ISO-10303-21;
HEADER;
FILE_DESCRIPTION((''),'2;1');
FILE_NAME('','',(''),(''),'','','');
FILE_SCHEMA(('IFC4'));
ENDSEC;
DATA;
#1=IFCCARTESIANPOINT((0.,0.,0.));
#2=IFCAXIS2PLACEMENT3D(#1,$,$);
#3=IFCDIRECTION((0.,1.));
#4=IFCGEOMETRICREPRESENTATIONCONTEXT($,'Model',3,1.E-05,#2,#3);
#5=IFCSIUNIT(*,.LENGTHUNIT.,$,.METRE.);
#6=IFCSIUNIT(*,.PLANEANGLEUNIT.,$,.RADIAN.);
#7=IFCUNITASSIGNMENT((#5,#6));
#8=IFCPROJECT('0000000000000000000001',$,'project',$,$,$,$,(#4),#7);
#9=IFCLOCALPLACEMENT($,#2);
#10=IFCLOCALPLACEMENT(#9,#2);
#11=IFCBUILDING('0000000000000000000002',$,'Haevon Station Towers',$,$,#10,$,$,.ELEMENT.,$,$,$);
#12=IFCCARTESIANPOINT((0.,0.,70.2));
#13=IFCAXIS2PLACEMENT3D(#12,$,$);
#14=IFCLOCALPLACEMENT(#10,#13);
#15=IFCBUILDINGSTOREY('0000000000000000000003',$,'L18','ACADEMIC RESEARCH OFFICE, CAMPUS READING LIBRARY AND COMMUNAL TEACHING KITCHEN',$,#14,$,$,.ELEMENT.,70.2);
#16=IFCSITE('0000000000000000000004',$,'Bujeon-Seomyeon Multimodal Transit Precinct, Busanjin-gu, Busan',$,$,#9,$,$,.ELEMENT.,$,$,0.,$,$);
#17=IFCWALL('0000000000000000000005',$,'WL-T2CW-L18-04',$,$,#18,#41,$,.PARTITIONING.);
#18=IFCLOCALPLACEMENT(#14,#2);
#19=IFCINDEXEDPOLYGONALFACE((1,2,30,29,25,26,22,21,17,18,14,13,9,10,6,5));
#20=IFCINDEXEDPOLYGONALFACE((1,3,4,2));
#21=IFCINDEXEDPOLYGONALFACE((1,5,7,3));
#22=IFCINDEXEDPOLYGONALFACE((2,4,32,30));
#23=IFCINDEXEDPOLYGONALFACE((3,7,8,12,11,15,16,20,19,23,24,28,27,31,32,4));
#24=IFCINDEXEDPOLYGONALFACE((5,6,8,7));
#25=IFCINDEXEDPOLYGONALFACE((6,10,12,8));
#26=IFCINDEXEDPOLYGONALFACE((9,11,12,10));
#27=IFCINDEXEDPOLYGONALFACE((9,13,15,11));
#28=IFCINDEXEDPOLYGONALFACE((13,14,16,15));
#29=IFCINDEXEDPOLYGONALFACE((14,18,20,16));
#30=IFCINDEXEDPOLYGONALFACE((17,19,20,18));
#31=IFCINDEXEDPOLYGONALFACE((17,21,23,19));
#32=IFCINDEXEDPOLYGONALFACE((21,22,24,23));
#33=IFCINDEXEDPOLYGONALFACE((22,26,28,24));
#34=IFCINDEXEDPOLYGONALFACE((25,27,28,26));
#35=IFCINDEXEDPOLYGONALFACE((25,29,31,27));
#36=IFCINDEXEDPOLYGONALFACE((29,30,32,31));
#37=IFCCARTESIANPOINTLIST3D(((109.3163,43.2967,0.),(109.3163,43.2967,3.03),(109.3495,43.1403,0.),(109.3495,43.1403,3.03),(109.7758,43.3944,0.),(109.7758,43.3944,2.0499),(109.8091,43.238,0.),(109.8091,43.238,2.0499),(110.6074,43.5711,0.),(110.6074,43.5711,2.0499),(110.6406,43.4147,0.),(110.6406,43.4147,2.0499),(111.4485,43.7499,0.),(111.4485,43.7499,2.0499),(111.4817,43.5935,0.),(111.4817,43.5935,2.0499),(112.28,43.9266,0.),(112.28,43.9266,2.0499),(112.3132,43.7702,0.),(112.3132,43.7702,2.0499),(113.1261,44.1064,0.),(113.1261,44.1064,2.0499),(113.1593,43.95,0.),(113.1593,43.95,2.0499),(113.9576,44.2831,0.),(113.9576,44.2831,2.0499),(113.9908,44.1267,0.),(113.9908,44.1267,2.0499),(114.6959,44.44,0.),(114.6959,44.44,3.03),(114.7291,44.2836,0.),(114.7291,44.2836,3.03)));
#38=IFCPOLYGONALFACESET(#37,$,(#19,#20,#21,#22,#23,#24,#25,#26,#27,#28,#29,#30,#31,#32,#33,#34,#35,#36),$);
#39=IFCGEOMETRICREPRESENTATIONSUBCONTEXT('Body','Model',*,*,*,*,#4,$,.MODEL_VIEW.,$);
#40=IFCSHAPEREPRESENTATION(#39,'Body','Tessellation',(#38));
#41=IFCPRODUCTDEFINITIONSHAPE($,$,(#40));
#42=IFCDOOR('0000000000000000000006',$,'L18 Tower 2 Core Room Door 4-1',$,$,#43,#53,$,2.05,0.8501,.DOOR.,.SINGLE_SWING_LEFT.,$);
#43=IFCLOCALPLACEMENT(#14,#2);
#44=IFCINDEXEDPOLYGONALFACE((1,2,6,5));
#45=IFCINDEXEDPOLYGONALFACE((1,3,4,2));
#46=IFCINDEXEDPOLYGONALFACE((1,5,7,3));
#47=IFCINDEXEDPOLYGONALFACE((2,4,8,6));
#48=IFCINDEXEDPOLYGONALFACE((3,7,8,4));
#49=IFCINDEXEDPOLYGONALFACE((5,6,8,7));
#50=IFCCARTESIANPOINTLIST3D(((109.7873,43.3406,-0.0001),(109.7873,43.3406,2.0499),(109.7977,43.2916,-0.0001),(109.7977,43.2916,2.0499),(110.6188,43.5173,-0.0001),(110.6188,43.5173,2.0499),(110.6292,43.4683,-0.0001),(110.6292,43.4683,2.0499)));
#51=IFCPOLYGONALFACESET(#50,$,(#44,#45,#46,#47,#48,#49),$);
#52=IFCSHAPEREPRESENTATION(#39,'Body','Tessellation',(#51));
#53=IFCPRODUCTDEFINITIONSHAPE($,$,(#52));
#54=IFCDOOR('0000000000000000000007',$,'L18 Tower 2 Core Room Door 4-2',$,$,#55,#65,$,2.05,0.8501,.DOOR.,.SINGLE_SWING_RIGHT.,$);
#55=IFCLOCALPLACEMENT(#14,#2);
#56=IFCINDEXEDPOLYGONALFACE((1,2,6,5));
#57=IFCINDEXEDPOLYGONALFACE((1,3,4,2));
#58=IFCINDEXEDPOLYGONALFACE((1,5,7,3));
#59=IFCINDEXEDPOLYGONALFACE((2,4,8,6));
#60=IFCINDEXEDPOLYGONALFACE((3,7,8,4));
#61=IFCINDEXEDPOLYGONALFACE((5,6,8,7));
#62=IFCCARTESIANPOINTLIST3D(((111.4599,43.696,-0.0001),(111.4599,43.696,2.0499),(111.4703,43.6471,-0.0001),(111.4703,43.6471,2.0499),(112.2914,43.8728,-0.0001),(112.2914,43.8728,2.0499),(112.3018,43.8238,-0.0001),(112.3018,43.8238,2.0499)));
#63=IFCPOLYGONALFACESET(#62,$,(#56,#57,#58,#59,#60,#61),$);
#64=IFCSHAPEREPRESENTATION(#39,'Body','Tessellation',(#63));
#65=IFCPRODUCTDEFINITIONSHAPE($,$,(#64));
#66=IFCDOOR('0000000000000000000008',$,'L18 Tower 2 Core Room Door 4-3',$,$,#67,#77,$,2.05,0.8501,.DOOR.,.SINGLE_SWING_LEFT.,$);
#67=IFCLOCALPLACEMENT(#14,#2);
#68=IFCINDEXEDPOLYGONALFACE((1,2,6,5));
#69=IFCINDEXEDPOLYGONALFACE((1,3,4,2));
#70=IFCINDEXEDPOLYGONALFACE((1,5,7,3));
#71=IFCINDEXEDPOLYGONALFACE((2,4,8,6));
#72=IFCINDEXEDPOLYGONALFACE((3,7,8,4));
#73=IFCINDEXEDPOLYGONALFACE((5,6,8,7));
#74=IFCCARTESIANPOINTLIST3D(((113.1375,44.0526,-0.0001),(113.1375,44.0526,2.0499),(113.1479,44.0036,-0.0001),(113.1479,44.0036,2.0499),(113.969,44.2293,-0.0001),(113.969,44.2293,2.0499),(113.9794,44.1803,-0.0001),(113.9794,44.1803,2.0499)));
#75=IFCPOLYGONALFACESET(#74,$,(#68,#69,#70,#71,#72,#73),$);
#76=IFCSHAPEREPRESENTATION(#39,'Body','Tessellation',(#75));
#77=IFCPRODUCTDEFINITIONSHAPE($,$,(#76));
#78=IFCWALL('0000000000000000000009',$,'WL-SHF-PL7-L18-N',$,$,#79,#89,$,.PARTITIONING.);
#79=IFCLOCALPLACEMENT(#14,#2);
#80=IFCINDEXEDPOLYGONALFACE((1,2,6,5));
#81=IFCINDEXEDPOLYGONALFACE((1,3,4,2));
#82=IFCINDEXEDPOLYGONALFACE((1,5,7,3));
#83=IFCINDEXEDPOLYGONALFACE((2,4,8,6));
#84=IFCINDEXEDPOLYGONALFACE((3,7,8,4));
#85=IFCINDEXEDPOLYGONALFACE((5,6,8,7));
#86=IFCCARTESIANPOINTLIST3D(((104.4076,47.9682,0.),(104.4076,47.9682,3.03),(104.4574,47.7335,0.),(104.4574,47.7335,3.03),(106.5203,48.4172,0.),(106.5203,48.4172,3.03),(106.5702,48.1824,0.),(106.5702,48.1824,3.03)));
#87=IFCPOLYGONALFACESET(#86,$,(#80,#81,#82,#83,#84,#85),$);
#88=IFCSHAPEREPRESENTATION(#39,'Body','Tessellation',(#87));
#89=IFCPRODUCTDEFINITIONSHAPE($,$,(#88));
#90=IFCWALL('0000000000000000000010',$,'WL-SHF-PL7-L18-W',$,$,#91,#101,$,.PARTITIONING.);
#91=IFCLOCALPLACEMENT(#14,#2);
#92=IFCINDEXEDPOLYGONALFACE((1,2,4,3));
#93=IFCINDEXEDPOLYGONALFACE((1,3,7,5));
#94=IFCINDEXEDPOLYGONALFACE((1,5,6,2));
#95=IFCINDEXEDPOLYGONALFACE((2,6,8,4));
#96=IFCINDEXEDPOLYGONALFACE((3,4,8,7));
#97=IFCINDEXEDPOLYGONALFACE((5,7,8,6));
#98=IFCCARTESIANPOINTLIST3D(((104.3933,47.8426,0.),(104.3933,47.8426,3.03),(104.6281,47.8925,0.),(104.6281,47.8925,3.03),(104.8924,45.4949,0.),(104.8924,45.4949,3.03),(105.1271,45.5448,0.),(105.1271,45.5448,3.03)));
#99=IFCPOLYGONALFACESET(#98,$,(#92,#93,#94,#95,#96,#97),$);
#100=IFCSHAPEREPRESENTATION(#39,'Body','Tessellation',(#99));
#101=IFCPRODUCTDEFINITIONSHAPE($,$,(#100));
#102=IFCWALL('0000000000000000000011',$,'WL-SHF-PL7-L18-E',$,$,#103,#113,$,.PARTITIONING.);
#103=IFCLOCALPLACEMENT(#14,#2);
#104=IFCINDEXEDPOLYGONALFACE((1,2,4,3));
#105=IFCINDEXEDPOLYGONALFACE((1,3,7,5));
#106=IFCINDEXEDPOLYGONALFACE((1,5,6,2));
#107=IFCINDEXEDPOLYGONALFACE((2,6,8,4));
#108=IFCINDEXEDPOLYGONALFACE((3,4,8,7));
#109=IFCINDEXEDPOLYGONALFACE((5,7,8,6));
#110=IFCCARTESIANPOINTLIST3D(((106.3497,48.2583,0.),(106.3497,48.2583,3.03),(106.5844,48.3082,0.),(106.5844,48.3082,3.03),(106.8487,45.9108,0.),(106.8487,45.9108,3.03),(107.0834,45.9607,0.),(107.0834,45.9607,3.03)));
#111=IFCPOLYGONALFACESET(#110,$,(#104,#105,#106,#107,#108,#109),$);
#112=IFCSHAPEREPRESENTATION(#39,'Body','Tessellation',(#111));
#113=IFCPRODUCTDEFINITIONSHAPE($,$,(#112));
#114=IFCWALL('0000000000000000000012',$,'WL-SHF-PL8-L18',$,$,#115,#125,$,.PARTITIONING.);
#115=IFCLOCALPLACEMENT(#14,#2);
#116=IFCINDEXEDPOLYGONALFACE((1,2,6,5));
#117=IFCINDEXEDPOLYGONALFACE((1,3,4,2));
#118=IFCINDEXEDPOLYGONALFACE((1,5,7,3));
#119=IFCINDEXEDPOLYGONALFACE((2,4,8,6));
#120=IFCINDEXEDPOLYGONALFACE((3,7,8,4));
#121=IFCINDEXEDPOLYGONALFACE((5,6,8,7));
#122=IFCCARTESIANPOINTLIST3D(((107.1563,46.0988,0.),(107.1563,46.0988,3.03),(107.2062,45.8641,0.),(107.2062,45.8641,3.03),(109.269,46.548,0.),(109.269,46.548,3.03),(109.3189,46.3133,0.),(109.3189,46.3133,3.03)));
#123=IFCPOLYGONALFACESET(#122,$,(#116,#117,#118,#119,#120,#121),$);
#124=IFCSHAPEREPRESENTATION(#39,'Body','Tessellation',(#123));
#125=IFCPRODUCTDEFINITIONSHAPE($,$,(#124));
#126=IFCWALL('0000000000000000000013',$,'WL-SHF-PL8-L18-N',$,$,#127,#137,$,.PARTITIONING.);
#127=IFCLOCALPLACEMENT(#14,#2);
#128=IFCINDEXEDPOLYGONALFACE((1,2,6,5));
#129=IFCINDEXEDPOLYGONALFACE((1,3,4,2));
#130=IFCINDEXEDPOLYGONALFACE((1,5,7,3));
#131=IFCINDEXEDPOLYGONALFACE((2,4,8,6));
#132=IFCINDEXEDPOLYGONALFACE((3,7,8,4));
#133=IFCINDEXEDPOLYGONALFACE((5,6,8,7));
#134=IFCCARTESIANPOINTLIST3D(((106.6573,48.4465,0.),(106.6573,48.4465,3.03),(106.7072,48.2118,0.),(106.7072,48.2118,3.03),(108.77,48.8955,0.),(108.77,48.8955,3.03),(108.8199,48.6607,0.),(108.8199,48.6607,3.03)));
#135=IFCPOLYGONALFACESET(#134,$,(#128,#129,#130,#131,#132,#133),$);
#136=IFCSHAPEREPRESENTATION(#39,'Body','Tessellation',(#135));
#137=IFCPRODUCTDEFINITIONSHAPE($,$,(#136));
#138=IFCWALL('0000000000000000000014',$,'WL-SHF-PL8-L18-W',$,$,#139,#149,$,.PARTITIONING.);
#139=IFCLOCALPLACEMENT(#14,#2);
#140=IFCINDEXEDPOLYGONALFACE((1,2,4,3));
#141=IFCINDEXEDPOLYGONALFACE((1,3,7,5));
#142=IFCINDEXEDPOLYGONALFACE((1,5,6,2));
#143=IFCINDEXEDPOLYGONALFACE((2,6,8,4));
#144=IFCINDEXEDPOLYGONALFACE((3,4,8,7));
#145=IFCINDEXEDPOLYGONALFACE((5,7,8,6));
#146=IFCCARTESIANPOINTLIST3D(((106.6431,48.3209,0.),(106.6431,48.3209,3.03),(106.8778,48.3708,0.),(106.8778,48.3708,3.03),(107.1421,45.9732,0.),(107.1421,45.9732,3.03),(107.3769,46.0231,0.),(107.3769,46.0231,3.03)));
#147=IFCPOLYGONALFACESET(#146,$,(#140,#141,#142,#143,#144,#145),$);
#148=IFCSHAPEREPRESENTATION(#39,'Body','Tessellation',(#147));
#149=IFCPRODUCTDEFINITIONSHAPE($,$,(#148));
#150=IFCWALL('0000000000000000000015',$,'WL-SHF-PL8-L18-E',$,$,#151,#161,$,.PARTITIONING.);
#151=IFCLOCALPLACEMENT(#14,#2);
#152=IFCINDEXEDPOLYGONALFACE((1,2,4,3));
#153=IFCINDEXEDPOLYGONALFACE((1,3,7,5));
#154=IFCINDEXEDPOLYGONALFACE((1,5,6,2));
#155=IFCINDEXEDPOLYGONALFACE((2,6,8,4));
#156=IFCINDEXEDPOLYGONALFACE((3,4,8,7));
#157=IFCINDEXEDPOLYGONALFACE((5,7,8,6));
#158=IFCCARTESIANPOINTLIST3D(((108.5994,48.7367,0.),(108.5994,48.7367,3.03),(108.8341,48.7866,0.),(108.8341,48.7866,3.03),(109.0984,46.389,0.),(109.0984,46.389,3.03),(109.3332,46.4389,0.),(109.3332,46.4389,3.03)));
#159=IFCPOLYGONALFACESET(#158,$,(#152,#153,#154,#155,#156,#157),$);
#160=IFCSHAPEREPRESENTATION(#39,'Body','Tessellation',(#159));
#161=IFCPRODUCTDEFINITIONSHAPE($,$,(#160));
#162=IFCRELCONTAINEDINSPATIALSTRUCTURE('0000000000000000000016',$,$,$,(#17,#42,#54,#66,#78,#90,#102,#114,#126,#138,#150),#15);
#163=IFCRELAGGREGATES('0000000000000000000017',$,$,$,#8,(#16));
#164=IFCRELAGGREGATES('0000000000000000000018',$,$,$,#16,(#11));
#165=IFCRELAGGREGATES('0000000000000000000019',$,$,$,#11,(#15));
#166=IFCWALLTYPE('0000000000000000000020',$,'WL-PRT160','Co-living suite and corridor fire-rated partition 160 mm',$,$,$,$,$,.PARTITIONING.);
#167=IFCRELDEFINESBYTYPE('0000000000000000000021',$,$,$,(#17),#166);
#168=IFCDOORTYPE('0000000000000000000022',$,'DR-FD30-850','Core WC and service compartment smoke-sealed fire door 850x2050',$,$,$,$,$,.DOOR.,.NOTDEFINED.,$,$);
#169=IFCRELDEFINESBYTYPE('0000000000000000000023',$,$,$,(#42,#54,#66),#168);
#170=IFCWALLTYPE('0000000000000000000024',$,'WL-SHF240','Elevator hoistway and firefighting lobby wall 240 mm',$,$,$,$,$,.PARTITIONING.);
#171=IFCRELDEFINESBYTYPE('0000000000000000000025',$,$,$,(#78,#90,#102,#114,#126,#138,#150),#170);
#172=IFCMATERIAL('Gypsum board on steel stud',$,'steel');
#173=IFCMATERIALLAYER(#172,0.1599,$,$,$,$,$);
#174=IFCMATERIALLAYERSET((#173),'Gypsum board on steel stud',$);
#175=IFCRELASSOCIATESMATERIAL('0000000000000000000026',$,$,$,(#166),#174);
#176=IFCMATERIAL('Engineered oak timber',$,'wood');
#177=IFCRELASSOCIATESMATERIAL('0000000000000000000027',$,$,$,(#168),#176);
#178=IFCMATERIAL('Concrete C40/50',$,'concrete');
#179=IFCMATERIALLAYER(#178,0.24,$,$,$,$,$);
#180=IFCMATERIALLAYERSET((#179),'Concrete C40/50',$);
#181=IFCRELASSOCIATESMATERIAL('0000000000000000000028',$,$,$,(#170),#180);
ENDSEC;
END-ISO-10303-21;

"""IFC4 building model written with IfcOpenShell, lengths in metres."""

from ifc_helpers import new_model, si_unit, direction, frame, frame_2d, origin, place, context, subcontext, project, spatial, rectangle, extrude, material, layer, layer_set, type_object, element, fill, save


model = new_model("IFC4")

# Units and contexts
model_context = context("Model", 3, precision=1e-05, world=origin(), true_north=direction((0.0, 1.0)))
body_context = subcontext(model_context, "Body", "Model", "MODEL_VIEW")
ifc_project = project(units=[si_unit("LENGTHUNIT", "METRE"), si_unit("PLANEANGLEUNIT", "RADIAN")], contexts=[model_context])

# Site, building, storey
site_placement = place(None, origin())
site = spatial("IfcSite", under=ifc_project, at=site_placement, Name="Bujeon-Seomyeon Multimodal Transit Precinct, Busanjin-gu, Busan", CompositionType="ELEMENT", RefElevation=0.0)
building_placement = place(site_placement, origin())
building = spatial("IfcBuilding", under=site, at=building_placement, Name="Haevon Station Towers", CompositionType="ELEMENT")
storey_placement = place(building_placement, frame((0.0, 0.0, 70.2)))
storey = spatial("IfcBuildingStorey", under=building, at=storey_placement, Name="L18", Description="ACADEMIC RESEARCH OFFICE, CAMPUS READING LIBRARY AND COMMUNAL TEACHING KITCHEN", CompositionType="ELEMENT", Elevation=70.2)

# Shared definitions
ifc_material_1 = material(Name="Gypsum board on steel stud", Category="steel")
ifc_material_2 = material(Name="Engineered oak timber", Category="wood")

# Shared definitions
ifc_layer_1 = layer(ifc_material_1, 0.1599)
ifc_layer_set_1 = layer_set([ifc_layer_1], Name="Gypsum board on steel stud")
wall_type_1 = type_object("IfcWallType", Name="WL-PRT160", Description="Co-living suite and corridor fire-rated partition 160 mm", PredefinedType="PARTITIONING", material=ifc_layer_set_1)

# Wall, openings, doors
wall_1_placement = place(storey_placement, frame((109.3328, 43.2185, 0.0), z_axis=(0.0, 0.0, 1.0), x_axis=(0.978154, 0.207883, 0.0)))
wall_1 = element("IfcWall", 1, at=wall_1_placement, inside=storey, type_object=wall_type_1, Name="WL-T2CW-L18-04", PredefinedType="PARTITIONING", context=body_context, shape_type="SweptSolid", body=[
    extrude(rectangle(XDim=5.4998, YDim=0.1599, at=frame_2d((2.75, 0.0))), origin(), (0.0, 0.0, 1.0), 3.03),
])
opening_1_placement = place(wall_1_placement, frame((0.47, 0.0, 0.0)))
opening_1 = element("IfcOpeningElement", 2, at=opening_1_placement, cuts=wall_1, PredefinedType="OPENING", context=body_context, shape_type="SweptSolid", body=[
    extrude(rectangle(XDim=0.8501, YDim=2.05, at=frame_2d((0.425, 1.0249))), frame((0.0, 0.0898, 0.0), z_axis=(0.0, -1.0, 0.0), x_axis=(1.0, 0.0, 0.0)), (0.0, 0.0, 1.0), 0.1799),
])
opening_2_placement = place(wall_1_placement, frame((2.1799, 0.0, 0.0)))
opening_2 = element("IfcOpeningElement", 3, at=opening_2_placement, cuts=wall_1, PredefinedType="OPENING", context=body_context, shape_type="SweptSolid", body=[
    extrude(rectangle(XDim=0.8501, YDim=2.05, at=frame_2d((0.425, 1.0249))), frame((0.0, 0.0898, 0.0), z_axis=(0.0, -1.0, 0.0), x_axis=(1.0, 0.0, 0.0)), (0.0, 0.0, 1.0), 0.1799),
])
opening_3_placement = place(wall_1_placement, frame((3.895, 0.0, 0.0)))
opening_3 = element("IfcOpeningElement", 4, at=opening_3_placement, cuts=wall_1, PredefinedType="OPENING", context=body_context, shape_type="SweptSolid", body=[
    extrude(rectangle(XDim=0.8501, YDim=2.05, at=frame_2d((0.425, 1.0249))), frame((0.0, 0.0898, 0.0), z_axis=(0.0, -1.0, 0.0), x_axis=(1.0, 0.0, 0.0)), (0.0, 0.0, 1.0), 0.1799),
])
door_type_1 = type_object("IfcDoorType", Name="DR-FD30-850", Description="Core WC and service compartment smoke-sealed fire door 850x2050", OperationType="NOTDEFINED", PredefinedType="DOOR", material=ifc_material_2)
door_1_placement = place(opening_1_placement, origin())
door_1 = element("IfcDoor", 5, at=door_1_placement, inside=storey, type_object=door_type_1, Name="L18 Tower 2 Core Room Door 4-1", OperationType="SINGLE_SWING_LEFT", OverallHeight=2.05, OverallWidth=0.8501, PredefinedType="DOOR", context=body_context, shape_type="SweptSolid", body=[
    extrude(rectangle(XDim=0.8501, YDim=2.05, at=frame_2d((0.425, 1.0249))), frame((0.0, 0.0249, 0.0), z_axis=(0.0, -1.0, 0.0), x_axis=(1.0, 0.0, 0.0)), (0.0, 0.0, 1.0), 0.05),
])
fill(opening_1, door_1)
door_2_placement = place(opening_2_placement, origin())
door_2 = element("IfcDoor", 6, at=door_2_placement, inside=storey, type_object=door_type_1, Name="L18 Tower 2 Core Room Door 4-2", OperationType="SINGLE_SWING_RIGHT", OverallHeight=2.05, OverallWidth=0.8501, PredefinedType="DOOR", context=body_context, shape_type="SweptSolid", body=[
    extrude(rectangle(XDim=0.8501, YDim=2.05, at=frame_2d((0.425, 1.0249))), frame((0.0, 0.0249, 0.0), z_axis=(0.0, -1.0, 0.0), x_axis=(1.0, 0.0, 0.0)), (0.0, 0.0, 1.0), 0.05),
])
fill(opening_2, door_2)
door_3_placement = place(opening_3_placement, origin())
door_3 = element("IfcDoor", 7, at=door_3_placement, inside=storey, type_object=door_type_1, Name="L18 Tower 2 Core Room Door 4-3", OperationType="SINGLE_SWING_LEFT", OverallHeight=2.05, OverallWidth=0.8501, PredefinedType="DOOR", context=body_context, shape_type="SweptSolid", body=[
    extrude(rectangle(XDim=0.8501, YDim=2.05, at=frame_2d((0.425, 1.0249))), frame((0.0, 0.0249, 0.0), z_axis=(0.0, -1.0, 0.0), x_axis=(1.0, 0.0, 0.0)), (0.0, 0.0, 1.0), 0.05),
])
fill(opening_3, door_3)

# Shared definitions
ifc_material_3 = material(Name="Concrete C40/50", Category="concrete")
ifc_layer_2 = layer(ifc_material_3, 0.24)
ifc_layer_set_2 = layer_set([ifc_layer_2], Name="Concrete C40/50")
wall_type_2 = type_object("IfcWallType", Name="WL-SHF240", Description="Elevator hoistway and firefighting lobby wall 240 mm", PredefinedType="PARTITIONING", material=ifc_layer_set_2)

# Walls
wall_2_placement = place(storey_placement, frame((104.4324, 47.8508, 0.0), z_axis=(0.0, 0.0, 1.0), x_axis=(0.978158, 0.207861, 0.0)))
element("IfcWall", 8, at=wall_2_placement, inside=storey, type_object=wall_type_2, Name="WL-SHF-PL7-L18-N", PredefinedType="PARTITIONING", context=body_context, shape_type="SweptSolid", body=[
    extrude(rectangle(XDim=2.1599, YDim=0.24, at=frame_2d((1.0801, 0.0))), origin(), (0.0, 0.0, 1.0), 3.03),
])
wall_3_placement = place(storey_placement, frame((105.0098, 45.5198, 0.0), z_axis=(0.0, 0.0, 1.0), x_axis=(-0.207917, 0.978146, 0.0)))
element("IfcWall", 9, at=wall_3_placement, inside=storey, type_object=wall_type_2, Name="WL-SHF-PL7-L18-W", PredefinedType="PARTITIONING", context=body_context, shape_type="SweptSolid", body=[
    extrude(rectangle(XDim=2.4001, YDim=0.24, at=frame_2d((1.2002, 0.0))), origin(), (0.0, 0.0, 1.0), 3.03),
])
wall_4_placement = place(storey_placement, frame((106.9661, 45.9358, 0.0), z_axis=(0.0, 0.0, 1.0), x_axis=(-0.207938, 0.978142, 0.0)))
element("IfcWall", 10, at=wall_4_placement, inside=storey, type_object=wall_type_2, Name="WL-SHF-PL7-L18-E", PredefinedType="PARTITIONING", context=body_context, shape_type="SweptSolid", body=[
    extrude(rectangle(XDim=2.3999, YDim=0.24, at=frame_2d((1.2, 0.0))), origin(), (0.0, 0.0, 1.0), 3.03),
])
for number, where, z_axis, x_axis, name in (
    (11, (107.1812, 45.9814, 0.0), (0.0, 0.0, 1.0), (0.978135, 0.20797, 0.0), "WL-SHF-PL8-L18"),
    (12, (106.6821, 48.3291, 0.0), (0.0, 0.0, 1.0), (0.978158, 0.207861, 0.0), "WL-SHF-PL8-L18-N"),
):
    element("IfcWall", number, at=place(storey_placement, frame(where, z_axis=z_axis, x_axis=x_axis)), inside=storey, type_object=wall_type_2, Name=name, PredefinedType="PARTITIONING", context=body_context, shape_type="SweptSolid", body=[
        extrude(rectangle(XDim=2.1599, YDim=0.24, at=frame_2d((1.0801, 0.0))), origin(), (0.0, 0.0, 1.0), 3.03),
    ])
for number, where, z_axis, x_axis, name in (
    (13, (107.2595, 45.998, 0.0), (0.0, 0.0, 1.0), (-0.207917, 0.978146, 0.0), "WL-SHF-PL8-L18-W"),
    (14, (109.2158, 46.4138, 0.0), (0.0, 0.0, 1.0), (-0.207917, 0.978146, 0.0), "WL-SHF-PL8-L18-E"),
):
    element("IfcWall", number, at=place(storey_placement, frame(where, z_axis=z_axis, x_axis=x_axis)), inside=storey, type_object=wall_type_2, Name=name, PredefinedType="PARTITIONING", context=body_context, shape_type="SweptSolid", body=[
        extrude(rectangle(XDim=2.4001, YDim=0.24, at=frame_2d((1.2002, 0.0))), origin(), (0.0, 0.0, 1.0), 3.03),
    ])

save(model, "model.ifc")
